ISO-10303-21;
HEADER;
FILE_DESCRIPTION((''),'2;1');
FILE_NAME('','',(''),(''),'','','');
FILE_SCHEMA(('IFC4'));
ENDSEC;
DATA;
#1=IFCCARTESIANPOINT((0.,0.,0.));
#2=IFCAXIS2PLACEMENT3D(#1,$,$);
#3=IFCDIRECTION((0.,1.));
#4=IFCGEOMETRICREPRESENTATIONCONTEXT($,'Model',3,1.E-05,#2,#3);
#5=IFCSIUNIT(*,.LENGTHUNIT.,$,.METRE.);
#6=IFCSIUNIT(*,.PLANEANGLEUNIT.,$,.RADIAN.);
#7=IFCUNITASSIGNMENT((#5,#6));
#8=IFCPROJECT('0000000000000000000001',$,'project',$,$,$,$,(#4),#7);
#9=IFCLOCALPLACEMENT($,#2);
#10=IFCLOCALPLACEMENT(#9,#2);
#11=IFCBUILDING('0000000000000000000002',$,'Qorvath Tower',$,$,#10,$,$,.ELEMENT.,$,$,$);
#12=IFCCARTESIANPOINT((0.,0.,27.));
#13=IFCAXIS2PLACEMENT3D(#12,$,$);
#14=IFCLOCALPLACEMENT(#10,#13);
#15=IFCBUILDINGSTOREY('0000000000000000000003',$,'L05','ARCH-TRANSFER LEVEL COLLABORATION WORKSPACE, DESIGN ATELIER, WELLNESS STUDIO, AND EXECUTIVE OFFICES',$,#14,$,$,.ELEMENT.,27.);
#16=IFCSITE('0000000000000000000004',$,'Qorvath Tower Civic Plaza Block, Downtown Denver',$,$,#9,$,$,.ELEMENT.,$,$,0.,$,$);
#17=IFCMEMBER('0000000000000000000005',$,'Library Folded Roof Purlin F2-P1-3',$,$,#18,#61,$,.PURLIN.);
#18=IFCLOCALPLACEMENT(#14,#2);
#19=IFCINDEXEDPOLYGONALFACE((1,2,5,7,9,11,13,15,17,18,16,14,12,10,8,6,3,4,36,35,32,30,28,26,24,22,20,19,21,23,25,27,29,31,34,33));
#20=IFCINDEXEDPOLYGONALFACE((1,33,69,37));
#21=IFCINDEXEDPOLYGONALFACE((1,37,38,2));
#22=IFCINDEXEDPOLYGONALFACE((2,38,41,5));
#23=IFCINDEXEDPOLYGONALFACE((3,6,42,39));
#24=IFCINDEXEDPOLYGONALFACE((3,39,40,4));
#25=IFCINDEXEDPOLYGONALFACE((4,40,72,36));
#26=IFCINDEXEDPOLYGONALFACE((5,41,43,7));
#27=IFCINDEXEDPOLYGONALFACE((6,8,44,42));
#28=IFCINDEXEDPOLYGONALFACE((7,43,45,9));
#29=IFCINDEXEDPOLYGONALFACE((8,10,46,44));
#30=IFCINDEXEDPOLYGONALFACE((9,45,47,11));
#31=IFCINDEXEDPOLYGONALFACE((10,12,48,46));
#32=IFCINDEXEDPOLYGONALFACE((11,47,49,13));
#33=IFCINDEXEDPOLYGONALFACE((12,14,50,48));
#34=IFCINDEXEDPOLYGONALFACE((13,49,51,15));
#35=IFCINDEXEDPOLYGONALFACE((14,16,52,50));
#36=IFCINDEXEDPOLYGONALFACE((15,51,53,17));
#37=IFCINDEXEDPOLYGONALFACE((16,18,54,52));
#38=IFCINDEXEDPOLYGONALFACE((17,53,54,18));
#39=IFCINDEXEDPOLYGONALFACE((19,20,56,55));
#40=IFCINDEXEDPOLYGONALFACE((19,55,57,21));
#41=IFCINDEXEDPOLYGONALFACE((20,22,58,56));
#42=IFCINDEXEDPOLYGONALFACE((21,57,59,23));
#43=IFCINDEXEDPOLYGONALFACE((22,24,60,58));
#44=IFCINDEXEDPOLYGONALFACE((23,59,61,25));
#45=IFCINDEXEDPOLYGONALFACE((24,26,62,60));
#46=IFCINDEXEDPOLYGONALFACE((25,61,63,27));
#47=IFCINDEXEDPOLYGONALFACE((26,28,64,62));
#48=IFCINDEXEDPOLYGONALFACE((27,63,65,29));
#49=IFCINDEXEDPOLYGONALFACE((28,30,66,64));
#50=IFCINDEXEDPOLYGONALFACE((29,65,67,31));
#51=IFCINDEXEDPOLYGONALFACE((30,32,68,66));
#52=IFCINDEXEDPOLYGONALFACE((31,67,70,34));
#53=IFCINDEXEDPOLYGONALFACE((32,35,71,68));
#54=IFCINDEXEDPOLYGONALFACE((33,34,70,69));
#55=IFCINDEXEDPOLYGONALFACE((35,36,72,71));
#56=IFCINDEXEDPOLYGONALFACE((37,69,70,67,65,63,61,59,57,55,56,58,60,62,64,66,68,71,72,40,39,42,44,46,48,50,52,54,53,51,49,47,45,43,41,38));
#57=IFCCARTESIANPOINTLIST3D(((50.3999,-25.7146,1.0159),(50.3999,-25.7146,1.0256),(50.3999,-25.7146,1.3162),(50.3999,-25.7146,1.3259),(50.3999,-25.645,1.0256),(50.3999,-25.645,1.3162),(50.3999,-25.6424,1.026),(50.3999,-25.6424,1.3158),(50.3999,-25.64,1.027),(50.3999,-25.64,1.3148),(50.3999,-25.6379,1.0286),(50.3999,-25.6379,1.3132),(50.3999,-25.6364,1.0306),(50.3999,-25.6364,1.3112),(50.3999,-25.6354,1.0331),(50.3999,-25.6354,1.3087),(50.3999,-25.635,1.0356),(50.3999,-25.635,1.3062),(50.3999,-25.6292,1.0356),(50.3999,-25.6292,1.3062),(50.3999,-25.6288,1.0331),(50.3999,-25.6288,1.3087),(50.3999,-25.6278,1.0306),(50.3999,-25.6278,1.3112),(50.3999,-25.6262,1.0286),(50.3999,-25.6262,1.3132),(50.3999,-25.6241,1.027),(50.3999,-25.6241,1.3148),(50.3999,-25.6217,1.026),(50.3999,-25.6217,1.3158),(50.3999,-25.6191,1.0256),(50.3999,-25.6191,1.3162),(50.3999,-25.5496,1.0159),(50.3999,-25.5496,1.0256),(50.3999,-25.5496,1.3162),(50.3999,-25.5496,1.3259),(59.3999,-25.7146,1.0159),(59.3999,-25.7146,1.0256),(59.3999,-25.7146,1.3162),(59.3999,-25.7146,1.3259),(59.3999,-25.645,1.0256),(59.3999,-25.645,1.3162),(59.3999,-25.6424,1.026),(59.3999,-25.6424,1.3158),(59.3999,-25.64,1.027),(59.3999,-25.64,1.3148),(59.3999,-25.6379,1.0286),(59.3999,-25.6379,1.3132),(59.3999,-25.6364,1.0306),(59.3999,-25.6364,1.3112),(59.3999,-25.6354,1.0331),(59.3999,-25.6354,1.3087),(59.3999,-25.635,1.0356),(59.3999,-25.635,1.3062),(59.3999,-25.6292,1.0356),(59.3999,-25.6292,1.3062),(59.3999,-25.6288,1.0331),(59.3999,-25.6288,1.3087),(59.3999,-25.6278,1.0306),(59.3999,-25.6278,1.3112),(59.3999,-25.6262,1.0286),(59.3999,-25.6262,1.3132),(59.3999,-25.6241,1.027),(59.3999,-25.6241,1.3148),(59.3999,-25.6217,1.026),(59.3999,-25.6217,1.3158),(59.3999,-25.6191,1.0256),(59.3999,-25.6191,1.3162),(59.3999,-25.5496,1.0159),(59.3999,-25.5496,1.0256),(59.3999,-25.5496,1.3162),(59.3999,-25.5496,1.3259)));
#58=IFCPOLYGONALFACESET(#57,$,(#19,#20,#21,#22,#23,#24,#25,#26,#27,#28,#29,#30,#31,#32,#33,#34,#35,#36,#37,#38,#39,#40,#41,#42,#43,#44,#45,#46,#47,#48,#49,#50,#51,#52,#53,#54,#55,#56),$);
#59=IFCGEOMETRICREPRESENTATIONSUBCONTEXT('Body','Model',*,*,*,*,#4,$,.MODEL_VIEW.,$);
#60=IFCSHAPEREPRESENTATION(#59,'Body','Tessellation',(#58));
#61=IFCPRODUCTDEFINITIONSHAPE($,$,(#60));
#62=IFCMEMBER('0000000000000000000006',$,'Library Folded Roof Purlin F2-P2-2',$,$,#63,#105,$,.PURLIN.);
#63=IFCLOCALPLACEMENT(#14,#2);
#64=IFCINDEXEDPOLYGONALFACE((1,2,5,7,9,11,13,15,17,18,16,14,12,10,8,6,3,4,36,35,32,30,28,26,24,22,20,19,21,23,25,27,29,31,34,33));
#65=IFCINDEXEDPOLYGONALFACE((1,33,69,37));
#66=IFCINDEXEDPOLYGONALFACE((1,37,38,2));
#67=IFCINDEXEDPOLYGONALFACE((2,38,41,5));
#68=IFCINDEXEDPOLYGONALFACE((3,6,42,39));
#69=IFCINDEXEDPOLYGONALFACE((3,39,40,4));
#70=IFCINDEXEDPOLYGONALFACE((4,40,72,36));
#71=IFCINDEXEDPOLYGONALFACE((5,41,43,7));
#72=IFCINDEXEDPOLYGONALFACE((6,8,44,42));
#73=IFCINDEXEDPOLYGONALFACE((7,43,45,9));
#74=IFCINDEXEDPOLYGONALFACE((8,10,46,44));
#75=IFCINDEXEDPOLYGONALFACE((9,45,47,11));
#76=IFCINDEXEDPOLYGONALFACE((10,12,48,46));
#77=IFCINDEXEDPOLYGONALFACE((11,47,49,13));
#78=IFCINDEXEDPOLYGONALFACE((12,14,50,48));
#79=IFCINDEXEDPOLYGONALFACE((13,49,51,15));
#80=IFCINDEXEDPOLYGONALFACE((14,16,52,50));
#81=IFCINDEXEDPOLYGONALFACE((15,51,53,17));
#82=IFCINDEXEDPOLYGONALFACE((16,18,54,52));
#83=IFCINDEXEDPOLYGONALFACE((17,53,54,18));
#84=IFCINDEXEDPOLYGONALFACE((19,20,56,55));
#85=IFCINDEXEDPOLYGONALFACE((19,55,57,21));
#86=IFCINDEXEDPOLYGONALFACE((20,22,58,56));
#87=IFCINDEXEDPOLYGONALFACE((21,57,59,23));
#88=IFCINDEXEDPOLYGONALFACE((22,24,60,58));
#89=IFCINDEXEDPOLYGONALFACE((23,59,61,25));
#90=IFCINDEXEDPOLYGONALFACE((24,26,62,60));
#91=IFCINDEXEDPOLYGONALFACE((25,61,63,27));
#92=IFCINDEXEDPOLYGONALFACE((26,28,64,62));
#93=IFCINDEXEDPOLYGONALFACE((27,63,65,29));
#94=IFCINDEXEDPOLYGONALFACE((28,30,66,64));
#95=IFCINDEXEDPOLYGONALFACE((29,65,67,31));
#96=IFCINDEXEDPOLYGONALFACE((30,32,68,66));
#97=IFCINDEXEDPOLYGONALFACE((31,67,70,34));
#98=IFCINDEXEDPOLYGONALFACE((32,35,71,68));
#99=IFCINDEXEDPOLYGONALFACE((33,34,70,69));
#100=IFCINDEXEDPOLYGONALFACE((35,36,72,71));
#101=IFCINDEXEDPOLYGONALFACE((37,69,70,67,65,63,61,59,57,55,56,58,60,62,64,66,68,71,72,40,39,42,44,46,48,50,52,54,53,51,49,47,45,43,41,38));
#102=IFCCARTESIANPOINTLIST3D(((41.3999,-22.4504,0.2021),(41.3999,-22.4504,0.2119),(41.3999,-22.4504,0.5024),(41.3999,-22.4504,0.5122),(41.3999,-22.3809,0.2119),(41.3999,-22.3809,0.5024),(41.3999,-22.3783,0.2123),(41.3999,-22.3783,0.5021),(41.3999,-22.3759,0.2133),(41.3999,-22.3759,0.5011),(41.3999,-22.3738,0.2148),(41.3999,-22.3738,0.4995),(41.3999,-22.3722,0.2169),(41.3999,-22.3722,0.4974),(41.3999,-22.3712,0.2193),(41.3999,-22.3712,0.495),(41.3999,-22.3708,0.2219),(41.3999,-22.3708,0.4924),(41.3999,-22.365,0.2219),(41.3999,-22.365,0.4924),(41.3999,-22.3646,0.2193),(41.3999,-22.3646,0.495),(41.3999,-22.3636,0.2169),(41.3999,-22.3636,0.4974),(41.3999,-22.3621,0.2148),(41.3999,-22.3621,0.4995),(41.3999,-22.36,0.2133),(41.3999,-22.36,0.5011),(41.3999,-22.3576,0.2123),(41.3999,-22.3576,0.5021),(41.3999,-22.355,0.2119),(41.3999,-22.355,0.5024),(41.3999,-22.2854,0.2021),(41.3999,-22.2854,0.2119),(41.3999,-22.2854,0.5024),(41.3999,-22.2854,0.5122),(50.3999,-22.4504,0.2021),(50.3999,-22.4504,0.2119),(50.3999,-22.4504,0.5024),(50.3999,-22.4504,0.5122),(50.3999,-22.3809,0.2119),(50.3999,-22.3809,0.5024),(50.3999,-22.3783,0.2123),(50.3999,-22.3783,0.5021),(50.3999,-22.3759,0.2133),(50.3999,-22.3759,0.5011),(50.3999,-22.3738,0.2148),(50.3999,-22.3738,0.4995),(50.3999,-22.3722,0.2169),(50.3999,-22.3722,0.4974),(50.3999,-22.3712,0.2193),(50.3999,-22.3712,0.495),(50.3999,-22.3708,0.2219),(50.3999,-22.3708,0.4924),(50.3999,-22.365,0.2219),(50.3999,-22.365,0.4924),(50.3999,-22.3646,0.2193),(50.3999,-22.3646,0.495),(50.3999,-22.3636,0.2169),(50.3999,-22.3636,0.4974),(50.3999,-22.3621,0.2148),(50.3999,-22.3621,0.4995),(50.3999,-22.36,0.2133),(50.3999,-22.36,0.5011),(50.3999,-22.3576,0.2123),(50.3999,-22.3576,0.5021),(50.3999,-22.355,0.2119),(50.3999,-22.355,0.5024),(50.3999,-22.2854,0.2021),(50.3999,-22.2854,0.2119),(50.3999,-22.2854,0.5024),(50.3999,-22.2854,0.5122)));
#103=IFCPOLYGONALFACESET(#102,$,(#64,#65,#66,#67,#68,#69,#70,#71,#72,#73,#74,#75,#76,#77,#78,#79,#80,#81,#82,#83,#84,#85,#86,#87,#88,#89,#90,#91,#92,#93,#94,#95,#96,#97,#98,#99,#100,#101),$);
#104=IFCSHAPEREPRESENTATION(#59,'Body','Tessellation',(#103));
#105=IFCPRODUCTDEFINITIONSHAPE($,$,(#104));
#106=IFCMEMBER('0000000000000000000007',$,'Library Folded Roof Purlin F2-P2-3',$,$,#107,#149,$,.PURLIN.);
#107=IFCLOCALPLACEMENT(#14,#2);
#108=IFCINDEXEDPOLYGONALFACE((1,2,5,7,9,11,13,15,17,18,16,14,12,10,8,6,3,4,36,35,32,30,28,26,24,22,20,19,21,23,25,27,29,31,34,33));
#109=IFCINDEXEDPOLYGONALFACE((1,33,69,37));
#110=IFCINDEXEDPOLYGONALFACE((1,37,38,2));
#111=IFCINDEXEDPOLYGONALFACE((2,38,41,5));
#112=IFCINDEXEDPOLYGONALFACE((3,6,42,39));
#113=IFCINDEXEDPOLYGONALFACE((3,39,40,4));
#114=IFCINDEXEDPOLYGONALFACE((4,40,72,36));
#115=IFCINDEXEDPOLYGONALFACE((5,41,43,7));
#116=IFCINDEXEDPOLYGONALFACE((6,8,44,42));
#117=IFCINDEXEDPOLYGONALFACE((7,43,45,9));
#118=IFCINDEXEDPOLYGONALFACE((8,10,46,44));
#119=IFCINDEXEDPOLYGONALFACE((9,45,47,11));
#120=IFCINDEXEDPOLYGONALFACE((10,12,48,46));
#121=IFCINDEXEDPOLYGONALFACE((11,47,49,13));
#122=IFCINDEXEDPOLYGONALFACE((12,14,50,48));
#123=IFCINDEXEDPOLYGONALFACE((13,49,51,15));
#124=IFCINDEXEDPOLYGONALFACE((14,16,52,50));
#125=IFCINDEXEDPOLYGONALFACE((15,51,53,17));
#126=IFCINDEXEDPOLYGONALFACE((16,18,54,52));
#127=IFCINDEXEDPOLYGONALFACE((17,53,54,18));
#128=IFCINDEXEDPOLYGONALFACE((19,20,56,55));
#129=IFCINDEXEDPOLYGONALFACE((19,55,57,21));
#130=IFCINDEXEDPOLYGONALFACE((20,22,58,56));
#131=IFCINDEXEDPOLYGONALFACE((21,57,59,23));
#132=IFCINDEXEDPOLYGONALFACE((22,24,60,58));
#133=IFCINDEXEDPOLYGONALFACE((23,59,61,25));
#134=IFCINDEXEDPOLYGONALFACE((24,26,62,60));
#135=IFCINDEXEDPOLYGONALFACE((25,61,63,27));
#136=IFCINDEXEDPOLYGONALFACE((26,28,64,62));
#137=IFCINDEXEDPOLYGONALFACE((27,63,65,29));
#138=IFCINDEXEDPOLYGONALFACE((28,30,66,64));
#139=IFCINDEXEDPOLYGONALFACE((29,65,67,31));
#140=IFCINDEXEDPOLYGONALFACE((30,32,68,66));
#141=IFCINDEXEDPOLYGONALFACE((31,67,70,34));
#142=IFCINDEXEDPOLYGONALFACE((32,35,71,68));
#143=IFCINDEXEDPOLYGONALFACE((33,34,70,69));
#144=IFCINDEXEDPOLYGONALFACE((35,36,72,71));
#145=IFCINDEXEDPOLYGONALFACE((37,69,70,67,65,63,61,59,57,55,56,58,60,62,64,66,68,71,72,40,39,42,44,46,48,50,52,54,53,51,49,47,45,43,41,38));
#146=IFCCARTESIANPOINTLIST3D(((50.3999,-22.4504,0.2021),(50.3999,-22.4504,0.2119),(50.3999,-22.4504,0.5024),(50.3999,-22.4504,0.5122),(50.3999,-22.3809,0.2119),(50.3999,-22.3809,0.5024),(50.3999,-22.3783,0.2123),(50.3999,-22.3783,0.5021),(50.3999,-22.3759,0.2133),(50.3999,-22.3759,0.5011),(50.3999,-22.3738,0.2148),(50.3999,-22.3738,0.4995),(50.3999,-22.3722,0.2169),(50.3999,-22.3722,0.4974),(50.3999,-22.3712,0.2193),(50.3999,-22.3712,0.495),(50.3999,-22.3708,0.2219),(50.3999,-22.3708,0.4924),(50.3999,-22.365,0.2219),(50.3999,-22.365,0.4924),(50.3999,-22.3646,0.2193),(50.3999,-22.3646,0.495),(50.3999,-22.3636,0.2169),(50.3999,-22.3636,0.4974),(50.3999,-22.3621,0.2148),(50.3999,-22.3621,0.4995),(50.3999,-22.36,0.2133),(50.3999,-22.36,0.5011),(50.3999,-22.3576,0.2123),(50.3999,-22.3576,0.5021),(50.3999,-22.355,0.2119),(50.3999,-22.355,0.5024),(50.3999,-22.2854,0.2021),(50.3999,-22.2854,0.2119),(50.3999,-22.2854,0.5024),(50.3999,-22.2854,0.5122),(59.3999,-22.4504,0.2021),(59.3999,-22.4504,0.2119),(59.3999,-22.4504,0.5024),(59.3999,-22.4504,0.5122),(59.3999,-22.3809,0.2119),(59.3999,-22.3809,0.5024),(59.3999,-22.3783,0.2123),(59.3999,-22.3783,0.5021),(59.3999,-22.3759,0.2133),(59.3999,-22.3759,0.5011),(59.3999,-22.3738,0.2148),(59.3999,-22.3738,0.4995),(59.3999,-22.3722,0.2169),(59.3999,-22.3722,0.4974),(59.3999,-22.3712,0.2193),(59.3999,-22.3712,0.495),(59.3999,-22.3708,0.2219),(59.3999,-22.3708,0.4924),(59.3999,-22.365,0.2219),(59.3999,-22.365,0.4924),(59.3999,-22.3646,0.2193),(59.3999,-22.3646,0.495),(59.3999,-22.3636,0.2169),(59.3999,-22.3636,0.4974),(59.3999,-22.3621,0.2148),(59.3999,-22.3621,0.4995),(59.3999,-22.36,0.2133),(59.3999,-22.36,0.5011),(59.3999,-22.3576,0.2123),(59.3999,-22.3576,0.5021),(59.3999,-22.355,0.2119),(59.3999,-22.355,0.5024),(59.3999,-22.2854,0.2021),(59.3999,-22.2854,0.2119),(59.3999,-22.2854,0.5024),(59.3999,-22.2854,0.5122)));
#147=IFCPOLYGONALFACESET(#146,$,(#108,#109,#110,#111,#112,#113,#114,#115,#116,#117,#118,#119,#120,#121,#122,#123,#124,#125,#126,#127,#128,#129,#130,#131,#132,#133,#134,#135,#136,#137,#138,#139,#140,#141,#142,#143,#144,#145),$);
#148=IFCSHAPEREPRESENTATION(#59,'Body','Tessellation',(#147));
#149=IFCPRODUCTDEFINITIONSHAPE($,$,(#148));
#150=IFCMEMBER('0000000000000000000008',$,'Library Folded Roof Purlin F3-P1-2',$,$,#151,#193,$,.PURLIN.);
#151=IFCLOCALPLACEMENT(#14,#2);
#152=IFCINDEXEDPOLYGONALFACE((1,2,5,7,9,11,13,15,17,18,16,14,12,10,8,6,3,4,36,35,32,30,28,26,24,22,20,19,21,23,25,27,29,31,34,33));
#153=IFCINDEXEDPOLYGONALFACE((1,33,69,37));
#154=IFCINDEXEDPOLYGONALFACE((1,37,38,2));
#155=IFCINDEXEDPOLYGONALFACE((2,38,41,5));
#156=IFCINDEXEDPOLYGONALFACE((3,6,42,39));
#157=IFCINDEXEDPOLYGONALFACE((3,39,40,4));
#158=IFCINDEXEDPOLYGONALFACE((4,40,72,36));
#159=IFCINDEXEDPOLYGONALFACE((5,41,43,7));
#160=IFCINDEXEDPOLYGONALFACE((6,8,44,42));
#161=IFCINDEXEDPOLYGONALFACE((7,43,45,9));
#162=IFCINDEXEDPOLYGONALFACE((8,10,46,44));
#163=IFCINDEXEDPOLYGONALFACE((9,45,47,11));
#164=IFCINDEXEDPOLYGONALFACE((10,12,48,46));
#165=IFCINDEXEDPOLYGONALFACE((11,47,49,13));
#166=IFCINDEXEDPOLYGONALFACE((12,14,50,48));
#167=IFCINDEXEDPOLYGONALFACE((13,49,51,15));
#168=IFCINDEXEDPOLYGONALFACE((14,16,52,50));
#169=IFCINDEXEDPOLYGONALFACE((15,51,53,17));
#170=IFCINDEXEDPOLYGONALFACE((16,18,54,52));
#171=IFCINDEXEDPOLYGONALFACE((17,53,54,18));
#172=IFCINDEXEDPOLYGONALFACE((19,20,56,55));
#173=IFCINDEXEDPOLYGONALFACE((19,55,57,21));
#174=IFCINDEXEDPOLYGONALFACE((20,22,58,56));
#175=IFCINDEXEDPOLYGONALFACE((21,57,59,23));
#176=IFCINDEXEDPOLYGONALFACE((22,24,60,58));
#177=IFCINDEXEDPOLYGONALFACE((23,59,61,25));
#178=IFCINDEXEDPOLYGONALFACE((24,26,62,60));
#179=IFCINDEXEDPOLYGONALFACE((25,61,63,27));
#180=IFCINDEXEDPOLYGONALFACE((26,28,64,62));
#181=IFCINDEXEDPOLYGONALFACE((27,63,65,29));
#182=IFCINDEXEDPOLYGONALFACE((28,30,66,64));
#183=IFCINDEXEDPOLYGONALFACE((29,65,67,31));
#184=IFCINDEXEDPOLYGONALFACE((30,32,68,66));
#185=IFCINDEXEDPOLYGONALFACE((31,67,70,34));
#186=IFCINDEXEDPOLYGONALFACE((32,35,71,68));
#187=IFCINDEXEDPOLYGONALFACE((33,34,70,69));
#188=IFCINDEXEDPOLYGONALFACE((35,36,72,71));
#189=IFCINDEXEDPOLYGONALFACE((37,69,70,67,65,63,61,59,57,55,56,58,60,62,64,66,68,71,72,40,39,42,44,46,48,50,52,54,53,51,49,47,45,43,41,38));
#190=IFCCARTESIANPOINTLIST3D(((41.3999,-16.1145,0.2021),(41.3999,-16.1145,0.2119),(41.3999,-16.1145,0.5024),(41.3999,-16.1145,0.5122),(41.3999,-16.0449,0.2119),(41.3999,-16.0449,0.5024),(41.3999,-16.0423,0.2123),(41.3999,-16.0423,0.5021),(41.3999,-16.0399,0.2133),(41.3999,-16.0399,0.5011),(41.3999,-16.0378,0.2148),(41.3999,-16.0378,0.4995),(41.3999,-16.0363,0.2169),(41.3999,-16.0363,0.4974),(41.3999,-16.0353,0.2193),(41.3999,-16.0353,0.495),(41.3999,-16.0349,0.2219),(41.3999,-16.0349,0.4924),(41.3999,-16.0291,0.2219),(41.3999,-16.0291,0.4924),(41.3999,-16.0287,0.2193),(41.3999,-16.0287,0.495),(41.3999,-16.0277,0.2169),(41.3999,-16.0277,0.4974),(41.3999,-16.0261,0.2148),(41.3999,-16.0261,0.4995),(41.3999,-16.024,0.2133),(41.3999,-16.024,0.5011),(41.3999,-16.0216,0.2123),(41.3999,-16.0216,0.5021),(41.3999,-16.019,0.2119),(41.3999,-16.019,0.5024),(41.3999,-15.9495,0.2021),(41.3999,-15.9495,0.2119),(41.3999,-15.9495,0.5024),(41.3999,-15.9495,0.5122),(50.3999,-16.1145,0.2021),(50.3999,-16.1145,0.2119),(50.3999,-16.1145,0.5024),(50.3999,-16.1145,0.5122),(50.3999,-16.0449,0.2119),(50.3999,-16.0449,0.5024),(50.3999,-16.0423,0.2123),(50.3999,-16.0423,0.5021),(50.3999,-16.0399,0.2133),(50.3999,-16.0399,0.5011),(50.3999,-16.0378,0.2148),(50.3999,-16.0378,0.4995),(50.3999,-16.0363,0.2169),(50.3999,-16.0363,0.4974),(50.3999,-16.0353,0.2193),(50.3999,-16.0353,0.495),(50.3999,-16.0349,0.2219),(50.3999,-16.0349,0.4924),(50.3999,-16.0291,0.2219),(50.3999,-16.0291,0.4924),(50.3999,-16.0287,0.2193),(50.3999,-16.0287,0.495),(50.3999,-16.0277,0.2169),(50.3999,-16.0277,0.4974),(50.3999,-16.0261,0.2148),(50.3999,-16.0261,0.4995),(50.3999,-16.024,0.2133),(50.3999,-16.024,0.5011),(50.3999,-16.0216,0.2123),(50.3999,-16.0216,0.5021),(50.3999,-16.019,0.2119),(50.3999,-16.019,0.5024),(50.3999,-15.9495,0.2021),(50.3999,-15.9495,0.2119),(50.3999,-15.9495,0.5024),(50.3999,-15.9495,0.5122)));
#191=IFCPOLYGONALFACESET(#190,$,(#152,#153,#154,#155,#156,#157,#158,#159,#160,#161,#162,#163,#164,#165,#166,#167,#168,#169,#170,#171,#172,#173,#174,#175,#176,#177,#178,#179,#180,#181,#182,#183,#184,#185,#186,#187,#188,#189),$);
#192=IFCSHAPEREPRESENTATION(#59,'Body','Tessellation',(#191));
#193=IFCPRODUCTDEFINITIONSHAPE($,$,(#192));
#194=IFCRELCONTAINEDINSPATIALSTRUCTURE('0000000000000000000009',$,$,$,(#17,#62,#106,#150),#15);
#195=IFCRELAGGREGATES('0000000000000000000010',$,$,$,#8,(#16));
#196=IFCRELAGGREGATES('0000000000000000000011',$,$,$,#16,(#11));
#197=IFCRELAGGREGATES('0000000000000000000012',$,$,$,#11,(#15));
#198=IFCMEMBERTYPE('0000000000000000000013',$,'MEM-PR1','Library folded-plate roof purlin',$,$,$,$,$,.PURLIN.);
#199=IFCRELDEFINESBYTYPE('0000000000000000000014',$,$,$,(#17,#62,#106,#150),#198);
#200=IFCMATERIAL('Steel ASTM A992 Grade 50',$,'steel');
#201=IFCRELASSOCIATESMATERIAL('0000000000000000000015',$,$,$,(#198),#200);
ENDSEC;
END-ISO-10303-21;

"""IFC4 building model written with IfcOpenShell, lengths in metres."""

from ifc_helpers import new_model, si_unit, direction, frame, origin, origin_2d, place, context, subcontext, project, spatial, i_section, extrude, material, material_profile, profile_set, type_object, element, save


model = new_model("IFC4")

# Units and contexts
model_context = context("Model", 3, precision=1e-05, world=origin(), true_north=direction((0.0, 1.0)))
body_context = subcontext(model_context, "Body", "Model", "MODEL_VIEW")
ifc_project = project(units=[si_unit("LENGTHUNIT", "METRE"), si_unit("PLANEANGLEUNIT", "RADIAN")], contexts=[model_context])

# Site, building, storey
site_placement = place(None, origin())
site = spatial("IfcSite", under=ifc_project, at=site_placement, Name="Qorvath Tower Civic Plaza Block, Downtown Denver", CompositionType="ELEMENT", RefElevation=0.0)
building_placement = place(site_placement, origin())
building = spatial("IfcBuilding", under=site, at=building_placement, Name="Qorvath Tower", CompositionType="ELEMENT")
storey_placement = place(building_placement, frame((0.0, 0.0, 27.0)))
storey = spatial("IfcBuildingStorey", under=building, at=storey_placement, Name="L05", Description="ARCH-TRANSFER LEVEL COLLABORATION WORKSPACE, DESIGN ATELIER, WELLNESS STUDIO, AND EXECUTIVE OFFICES", CompositionType="ELEMENT", Elevation=27.0)

# Members
ifc_material_1 = material(Name="Steel ASTM A992 Grade 50", Category="steel")
ifc_material_profile_1 = material_profile(ifc_material_1, i_section(OverallWidth=0.165, OverallDepth=0.3101, WebThickness=0.0059, FlangeThickness=0.0098, FilletRadius=0.01, at=origin_2d()), Name="W12x26")
ifc_profile_set_1 = profile_set([ifc_material_profile_1], Name="Steel ASTM A992 Grade 50")
member_type_1 = type_object("IfcMemberType", Name="MEM-PR1", Description="Library folded-plate roof purlin", PredefinedType="PURLIN", material=ifc_profile_set_1)
for number, where, z_axis, x_axis, name in (
    (1, (50.3999, -25.6321, 1.1709), (1.0, 0.0, 0.0), (0.0, 1.0, 0.0), "Library Folded Roof Purlin F2-P1-3"),
    (2, (41.3999, -22.3679, 0.3572), (1.0, 0.0, 0.0), (0.0, 1.0, 0.0), "Library Folded Roof Purlin F2-P2-2"),
    (3, (50.3999, -22.3679, 0.3572), (1.0, 0.0, 0.0), (0.0, 1.0, 0.0), "Library Folded Roof Purlin F2-P2-3"),
    (4, (41.3999, -16.032, 0.3572), (1.0, 0.0, 0.0), (0.0, 1.0, 0.0), "Library Folded Roof Purlin F3-P1-2"),
):
    element("IfcMember", number, at=place(storey_placement, frame(where, z_axis=z_axis, x_axis=x_axis)), inside=storey, type_object=member_type_1, Name=name, PredefinedType="PURLIN", context=body_context, shape_type="SweptSolid", body=[
        extrude(i_section(OverallWidth=0.165, OverallDepth=0.3101, WebThickness=0.0059, FlangeThickness=0.0098, FilletRadius=0.01, at=origin_2d()), origin(), (0.0, 0.0, 1.0), 9.0),
    ])

save(model, "model.ifc")
